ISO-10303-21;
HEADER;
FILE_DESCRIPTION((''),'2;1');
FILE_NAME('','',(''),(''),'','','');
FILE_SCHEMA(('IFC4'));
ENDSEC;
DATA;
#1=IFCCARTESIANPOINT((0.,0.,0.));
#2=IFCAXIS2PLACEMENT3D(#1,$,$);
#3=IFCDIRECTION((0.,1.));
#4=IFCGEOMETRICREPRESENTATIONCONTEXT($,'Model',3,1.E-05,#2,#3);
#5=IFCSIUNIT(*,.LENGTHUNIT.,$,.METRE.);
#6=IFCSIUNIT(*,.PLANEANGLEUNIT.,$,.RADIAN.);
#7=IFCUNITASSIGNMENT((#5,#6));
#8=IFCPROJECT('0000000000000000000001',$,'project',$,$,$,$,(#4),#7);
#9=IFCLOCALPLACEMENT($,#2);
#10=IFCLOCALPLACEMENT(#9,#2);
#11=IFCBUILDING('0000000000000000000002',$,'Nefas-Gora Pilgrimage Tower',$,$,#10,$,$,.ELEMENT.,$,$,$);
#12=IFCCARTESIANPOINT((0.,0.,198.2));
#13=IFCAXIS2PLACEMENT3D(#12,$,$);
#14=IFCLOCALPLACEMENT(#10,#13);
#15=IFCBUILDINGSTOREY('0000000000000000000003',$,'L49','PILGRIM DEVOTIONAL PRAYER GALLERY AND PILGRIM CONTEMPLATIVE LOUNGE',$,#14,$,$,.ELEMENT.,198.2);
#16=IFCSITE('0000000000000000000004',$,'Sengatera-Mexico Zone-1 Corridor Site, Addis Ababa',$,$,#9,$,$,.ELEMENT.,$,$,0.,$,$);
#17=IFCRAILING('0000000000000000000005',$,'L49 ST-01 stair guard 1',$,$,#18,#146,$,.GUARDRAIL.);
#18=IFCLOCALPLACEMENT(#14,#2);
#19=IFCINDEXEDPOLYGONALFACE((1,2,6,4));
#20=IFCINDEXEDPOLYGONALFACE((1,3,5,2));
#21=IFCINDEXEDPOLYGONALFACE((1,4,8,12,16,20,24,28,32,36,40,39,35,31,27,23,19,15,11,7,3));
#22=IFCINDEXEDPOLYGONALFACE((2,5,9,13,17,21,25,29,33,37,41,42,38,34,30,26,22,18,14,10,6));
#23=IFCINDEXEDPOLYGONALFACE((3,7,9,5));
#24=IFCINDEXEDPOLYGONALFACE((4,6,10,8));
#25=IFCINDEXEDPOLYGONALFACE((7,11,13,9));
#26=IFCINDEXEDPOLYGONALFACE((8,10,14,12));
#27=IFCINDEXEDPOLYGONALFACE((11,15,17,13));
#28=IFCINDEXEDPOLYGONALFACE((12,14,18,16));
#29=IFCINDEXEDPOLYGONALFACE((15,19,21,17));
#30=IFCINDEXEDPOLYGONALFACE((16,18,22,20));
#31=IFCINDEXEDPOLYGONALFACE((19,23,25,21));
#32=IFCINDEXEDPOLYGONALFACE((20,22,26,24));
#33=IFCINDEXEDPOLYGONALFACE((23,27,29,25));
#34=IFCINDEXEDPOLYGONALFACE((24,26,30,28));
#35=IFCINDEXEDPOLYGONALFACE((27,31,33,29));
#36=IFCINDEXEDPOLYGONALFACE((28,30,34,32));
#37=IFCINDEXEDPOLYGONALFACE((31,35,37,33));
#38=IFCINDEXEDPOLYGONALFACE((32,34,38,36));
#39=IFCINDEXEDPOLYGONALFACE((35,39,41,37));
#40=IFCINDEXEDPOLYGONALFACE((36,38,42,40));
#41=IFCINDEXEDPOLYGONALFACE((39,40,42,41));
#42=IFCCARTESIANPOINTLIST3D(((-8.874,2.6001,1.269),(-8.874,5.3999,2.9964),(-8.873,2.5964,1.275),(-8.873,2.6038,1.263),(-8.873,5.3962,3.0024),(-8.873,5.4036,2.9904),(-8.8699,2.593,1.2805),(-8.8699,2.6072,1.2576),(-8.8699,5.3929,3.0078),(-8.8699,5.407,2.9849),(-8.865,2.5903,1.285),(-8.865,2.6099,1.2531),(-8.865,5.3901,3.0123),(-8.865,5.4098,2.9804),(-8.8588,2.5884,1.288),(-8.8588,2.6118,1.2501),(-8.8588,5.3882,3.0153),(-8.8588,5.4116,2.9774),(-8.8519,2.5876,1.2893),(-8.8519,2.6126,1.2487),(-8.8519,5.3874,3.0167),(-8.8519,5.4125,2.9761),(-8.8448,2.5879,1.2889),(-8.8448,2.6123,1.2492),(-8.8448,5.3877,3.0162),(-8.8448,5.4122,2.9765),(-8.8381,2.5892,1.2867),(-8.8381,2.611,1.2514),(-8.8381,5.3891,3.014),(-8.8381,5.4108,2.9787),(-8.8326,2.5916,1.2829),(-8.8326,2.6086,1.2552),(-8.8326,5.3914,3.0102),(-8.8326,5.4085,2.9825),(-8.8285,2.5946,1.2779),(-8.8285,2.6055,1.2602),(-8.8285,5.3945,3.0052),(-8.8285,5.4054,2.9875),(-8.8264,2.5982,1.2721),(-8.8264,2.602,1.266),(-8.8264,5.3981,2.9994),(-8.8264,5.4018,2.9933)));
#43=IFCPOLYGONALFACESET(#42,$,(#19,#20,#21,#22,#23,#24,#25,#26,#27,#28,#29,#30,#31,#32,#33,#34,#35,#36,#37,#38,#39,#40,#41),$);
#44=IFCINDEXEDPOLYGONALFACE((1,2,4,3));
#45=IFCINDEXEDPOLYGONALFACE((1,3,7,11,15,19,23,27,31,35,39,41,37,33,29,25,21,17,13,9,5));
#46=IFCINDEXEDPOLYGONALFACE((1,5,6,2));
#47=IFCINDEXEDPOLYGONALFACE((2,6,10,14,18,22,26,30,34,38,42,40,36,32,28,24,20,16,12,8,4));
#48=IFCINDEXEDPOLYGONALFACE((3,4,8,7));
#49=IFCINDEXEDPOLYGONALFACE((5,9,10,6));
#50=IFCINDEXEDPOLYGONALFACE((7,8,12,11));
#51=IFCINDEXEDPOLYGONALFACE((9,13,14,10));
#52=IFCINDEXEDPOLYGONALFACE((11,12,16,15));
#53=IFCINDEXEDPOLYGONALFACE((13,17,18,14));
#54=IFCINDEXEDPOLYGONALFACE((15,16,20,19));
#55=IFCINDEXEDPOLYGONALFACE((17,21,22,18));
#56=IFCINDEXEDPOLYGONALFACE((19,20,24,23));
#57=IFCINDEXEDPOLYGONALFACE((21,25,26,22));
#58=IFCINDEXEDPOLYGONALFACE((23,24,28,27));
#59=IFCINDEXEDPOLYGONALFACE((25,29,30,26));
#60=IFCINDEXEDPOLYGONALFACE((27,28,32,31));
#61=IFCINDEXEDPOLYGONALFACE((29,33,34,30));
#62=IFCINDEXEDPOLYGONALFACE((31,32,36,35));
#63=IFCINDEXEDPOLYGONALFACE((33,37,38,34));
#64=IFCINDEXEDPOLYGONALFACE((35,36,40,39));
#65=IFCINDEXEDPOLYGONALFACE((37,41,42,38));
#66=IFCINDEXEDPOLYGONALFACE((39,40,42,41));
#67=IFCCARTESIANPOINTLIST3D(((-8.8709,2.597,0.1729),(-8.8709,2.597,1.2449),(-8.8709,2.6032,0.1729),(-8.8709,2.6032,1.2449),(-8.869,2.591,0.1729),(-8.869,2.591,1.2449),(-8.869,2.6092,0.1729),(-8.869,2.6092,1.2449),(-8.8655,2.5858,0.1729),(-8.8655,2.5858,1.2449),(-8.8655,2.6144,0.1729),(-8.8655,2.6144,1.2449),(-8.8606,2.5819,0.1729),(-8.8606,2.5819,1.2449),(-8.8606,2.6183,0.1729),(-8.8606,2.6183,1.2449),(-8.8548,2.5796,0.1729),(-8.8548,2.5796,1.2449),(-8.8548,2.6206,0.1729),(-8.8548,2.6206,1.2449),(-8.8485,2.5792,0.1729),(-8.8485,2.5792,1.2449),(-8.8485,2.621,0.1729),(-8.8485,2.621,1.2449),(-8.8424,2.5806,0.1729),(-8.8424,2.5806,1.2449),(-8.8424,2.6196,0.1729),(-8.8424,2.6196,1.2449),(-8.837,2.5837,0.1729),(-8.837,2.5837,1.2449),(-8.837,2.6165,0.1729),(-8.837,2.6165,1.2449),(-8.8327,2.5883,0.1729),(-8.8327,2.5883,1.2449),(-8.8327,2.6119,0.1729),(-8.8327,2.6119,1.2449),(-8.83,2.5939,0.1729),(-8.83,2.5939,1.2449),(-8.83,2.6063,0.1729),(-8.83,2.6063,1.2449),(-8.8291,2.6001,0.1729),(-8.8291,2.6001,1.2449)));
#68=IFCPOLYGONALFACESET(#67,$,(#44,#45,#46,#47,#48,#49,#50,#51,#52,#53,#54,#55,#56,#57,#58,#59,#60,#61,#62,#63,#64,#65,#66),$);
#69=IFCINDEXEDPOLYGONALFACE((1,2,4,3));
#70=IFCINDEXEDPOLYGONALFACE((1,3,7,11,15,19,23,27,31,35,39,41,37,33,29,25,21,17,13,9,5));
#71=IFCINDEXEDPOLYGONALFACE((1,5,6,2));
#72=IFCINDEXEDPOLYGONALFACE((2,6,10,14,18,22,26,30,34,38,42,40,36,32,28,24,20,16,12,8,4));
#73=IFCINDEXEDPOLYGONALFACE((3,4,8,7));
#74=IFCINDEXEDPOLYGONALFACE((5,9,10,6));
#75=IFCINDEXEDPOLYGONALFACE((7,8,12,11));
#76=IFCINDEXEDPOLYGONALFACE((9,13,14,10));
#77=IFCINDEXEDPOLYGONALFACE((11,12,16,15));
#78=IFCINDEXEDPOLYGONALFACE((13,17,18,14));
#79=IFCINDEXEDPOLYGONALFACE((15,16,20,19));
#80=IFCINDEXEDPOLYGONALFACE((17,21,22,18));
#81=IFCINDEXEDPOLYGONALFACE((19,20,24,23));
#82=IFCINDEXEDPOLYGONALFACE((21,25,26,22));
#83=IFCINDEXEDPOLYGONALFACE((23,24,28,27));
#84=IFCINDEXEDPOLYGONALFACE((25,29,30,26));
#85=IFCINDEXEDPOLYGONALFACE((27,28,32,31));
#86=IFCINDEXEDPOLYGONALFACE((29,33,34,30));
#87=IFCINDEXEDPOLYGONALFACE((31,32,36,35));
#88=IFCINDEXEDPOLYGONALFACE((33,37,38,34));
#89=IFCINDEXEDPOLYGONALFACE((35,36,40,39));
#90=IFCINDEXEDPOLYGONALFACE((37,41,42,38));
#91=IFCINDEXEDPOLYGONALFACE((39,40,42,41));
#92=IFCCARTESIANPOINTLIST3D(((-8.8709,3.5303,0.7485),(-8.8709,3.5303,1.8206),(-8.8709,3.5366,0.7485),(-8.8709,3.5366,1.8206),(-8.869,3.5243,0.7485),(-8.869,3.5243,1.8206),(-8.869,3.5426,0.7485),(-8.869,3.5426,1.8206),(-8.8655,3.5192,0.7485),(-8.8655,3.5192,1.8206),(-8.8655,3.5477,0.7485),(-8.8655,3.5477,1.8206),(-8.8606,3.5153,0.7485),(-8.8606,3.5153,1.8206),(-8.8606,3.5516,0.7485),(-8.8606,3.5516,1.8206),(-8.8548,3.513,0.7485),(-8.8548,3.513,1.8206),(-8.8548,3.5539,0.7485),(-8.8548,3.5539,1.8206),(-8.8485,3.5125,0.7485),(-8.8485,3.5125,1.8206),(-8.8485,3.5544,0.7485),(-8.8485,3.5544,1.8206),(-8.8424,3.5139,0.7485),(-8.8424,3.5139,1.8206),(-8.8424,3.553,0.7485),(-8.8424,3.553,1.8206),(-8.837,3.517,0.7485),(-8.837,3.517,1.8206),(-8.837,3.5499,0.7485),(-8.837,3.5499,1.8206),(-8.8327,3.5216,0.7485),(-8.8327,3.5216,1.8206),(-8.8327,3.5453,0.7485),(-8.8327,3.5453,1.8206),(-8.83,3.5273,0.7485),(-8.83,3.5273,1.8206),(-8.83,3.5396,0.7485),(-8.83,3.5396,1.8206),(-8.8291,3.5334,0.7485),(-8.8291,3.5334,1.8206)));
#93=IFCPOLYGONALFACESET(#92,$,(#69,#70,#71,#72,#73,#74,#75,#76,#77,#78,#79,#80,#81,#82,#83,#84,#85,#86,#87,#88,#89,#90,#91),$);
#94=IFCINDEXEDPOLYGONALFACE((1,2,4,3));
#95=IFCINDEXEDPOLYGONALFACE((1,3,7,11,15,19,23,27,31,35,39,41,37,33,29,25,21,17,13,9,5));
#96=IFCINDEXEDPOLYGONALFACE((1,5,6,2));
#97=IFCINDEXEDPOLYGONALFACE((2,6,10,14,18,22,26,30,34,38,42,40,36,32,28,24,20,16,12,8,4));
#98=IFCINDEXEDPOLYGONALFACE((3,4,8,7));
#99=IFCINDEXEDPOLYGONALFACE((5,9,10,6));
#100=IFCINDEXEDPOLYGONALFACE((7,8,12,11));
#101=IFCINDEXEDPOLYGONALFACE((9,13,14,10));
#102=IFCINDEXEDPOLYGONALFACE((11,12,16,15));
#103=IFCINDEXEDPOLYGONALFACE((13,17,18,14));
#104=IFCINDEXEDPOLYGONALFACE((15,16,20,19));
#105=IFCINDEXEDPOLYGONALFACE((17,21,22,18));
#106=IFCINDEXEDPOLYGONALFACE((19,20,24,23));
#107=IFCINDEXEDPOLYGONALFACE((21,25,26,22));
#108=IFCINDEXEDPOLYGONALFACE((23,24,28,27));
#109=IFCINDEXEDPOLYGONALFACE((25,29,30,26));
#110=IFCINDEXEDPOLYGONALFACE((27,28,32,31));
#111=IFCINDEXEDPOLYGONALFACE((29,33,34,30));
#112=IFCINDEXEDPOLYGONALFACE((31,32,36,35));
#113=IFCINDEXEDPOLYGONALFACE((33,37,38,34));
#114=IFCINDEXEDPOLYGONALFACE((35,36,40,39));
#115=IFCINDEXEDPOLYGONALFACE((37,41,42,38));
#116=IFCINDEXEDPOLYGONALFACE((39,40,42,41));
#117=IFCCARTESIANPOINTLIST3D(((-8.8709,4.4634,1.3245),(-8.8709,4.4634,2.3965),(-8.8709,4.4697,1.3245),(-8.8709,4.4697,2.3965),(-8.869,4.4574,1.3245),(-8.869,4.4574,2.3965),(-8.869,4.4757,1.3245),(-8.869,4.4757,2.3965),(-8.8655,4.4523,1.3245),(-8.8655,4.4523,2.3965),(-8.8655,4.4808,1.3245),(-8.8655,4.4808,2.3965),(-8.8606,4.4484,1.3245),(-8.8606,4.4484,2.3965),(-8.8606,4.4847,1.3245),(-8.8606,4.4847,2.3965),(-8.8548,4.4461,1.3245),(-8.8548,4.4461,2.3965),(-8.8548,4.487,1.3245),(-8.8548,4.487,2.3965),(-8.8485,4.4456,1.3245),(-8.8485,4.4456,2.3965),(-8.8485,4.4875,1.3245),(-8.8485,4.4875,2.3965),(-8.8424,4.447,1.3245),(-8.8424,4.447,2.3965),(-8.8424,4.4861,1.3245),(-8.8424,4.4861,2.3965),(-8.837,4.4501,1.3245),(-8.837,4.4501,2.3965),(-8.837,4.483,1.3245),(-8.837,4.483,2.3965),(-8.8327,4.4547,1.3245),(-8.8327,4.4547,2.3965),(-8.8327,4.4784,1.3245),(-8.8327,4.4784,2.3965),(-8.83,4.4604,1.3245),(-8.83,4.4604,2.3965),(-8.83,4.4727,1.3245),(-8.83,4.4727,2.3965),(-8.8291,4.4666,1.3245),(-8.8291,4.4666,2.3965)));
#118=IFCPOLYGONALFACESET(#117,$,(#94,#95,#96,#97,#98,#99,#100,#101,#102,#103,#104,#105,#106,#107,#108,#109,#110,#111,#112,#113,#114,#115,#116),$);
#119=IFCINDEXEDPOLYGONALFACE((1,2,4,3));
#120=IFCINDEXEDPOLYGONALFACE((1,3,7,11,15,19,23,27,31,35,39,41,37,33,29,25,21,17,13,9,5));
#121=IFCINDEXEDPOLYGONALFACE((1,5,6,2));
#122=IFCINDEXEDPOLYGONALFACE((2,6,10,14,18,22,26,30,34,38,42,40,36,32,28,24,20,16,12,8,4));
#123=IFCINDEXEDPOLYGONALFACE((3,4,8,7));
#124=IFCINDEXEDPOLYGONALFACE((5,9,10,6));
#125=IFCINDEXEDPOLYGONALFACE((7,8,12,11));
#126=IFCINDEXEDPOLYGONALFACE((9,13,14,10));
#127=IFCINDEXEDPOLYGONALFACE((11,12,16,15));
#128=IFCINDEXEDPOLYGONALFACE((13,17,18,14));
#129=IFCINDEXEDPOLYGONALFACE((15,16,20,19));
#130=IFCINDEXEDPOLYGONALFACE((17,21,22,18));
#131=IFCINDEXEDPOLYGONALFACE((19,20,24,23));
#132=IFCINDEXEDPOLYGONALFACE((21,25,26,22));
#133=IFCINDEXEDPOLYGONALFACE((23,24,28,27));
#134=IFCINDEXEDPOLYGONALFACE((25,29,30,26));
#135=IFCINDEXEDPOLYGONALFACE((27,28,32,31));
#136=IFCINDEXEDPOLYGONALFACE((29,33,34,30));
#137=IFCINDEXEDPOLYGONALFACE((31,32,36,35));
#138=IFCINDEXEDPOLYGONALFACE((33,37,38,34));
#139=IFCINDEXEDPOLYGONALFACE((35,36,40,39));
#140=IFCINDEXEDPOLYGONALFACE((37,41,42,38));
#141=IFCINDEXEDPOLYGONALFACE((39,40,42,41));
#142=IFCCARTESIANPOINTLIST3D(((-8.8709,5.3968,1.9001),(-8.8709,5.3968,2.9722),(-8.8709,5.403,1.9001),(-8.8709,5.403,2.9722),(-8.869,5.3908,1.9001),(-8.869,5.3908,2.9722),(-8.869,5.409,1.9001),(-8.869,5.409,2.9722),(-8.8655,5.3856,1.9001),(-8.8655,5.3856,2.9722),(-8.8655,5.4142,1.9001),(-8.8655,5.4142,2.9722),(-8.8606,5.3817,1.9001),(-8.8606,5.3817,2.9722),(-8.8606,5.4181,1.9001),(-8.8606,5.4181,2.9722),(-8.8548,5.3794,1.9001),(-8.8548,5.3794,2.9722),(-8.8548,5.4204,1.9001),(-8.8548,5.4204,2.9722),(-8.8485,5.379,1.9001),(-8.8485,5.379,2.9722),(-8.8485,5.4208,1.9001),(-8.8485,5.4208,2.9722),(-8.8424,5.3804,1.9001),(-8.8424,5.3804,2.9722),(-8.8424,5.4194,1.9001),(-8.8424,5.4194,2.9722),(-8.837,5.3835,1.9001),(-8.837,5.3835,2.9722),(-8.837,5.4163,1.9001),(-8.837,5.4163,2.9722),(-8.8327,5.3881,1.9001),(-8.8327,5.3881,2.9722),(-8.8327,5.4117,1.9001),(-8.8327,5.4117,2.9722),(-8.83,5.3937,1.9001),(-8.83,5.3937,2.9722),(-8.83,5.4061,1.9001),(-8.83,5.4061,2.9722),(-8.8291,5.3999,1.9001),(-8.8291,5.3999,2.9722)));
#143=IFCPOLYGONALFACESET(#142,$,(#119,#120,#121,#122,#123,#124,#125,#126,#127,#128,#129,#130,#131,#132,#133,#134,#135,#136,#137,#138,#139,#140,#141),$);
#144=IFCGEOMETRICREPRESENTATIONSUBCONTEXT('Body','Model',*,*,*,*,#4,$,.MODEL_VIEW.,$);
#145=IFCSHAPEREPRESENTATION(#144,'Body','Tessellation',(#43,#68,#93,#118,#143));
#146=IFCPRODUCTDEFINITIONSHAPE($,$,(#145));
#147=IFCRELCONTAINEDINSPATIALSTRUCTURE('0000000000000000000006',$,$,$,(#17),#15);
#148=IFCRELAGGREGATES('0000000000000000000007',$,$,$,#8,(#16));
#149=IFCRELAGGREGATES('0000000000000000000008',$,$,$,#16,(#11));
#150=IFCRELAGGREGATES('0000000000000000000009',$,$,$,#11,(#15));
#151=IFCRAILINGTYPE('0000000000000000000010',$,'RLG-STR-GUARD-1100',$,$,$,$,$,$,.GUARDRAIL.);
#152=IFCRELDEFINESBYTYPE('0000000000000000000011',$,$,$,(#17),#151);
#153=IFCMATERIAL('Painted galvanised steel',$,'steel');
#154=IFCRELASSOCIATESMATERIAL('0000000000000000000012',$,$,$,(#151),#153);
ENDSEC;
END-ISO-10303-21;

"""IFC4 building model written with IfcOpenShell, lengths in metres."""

from ifc_helpers import new_model, si_unit, direction, frame, origin, origin_2d, place, context, subcontext, project, spatial, circle, extrude, material, type_object, element, save


model = new_model("IFC4")

# Units and contexts
model_context = context("Model", 3, precision=1e-05, world=origin(), true_north=direction((0.0, 1.0)))
body_context = subcontext(model_context, "Body", "Model", "MODEL_VIEW")
ifc_project = project(units=[si_unit("LENGTHUNIT", "METRE"), si_unit("PLANEANGLEUNIT", "RADIAN")], contexts=[model_context])

# Site, building, storey
site_placement = place(None, origin())
site = spatial("IfcSite", under=ifc_project, at=site_placement, Name="Sengatera-Mexico Zone-1 Corridor Site, Addis Ababa", CompositionType="ELEMENT", RefElevation=0.0)
building_placement = place(site_placement, origin())
building = spatial("IfcBuilding", under=site, at=building_placement, Name="Nefas-Gora Pilgrimage Tower", CompositionType="ELEMENT")
storey_placement = place(building_placement, frame((0.0, 0.0, 198.2)))
storey = spatial("IfcBuildingStorey", under=building, at=storey_placement, Name="L49", Description="PILGRIM DEVOTIONAL PRAYER GALLERY AND PILGRIM CONTEMPLATIVE LOUNGE", CompositionType="ELEMENT", Elevation=198.2)

# Railing
ifc_material_1 = material(Name="Painted galvanised steel", Category="steel")
railing_type_1 = type_object("IfcRailingType", Name="RLG-STR-GUARD-1100", PredefinedType="GUARDRAIL", material=ifc_material_1)
railing_1_placement = place(storey_placement, frame((-8.8501, 2.6001, 0.1729)))
element("IfcRailing", 1, at=railing_1_placement, inside=storey, type_object=railing_type_1, Name="L49 ST-01 stair guard 1", PredefinedType="GUARDRAIL", context=body_context, shape_type="SweptSolid", body=[
    extrude(circle(Radius=0.0239, at=origin_2d()), frame((0.0, 0.0, 1.0962), z_axis=(0.0, 0.851069, 0.525054), x_axis=(-1.0, 0.0, 0.0)), (0.0, 0.0, 1.0), 3.2898),
    extrude(circle(Radius=0.021, at=origin_2d()), origin(), (0.0, 0.0, 1.0), 1.072),
    extrude(circle(Radius=0.021, at=origin_2d()), frame((0.0, 0.9333, 0.5757)), (0.0, 0.0, 1.0), 1.072),
    extrude(circle(Radius=0.021, at=origin_2d()), frame((0.0, 1.8665, 1.1516)), (0.0, 0.0, 1.0), 1.072),
    extrude(circle(Radius=0.021, at=origin_2d()), frame((0.0, 2.7998, 1.7273)), (0.0, 0.0, 1.0), 1.072),
])

save(model, "model.ifc")
